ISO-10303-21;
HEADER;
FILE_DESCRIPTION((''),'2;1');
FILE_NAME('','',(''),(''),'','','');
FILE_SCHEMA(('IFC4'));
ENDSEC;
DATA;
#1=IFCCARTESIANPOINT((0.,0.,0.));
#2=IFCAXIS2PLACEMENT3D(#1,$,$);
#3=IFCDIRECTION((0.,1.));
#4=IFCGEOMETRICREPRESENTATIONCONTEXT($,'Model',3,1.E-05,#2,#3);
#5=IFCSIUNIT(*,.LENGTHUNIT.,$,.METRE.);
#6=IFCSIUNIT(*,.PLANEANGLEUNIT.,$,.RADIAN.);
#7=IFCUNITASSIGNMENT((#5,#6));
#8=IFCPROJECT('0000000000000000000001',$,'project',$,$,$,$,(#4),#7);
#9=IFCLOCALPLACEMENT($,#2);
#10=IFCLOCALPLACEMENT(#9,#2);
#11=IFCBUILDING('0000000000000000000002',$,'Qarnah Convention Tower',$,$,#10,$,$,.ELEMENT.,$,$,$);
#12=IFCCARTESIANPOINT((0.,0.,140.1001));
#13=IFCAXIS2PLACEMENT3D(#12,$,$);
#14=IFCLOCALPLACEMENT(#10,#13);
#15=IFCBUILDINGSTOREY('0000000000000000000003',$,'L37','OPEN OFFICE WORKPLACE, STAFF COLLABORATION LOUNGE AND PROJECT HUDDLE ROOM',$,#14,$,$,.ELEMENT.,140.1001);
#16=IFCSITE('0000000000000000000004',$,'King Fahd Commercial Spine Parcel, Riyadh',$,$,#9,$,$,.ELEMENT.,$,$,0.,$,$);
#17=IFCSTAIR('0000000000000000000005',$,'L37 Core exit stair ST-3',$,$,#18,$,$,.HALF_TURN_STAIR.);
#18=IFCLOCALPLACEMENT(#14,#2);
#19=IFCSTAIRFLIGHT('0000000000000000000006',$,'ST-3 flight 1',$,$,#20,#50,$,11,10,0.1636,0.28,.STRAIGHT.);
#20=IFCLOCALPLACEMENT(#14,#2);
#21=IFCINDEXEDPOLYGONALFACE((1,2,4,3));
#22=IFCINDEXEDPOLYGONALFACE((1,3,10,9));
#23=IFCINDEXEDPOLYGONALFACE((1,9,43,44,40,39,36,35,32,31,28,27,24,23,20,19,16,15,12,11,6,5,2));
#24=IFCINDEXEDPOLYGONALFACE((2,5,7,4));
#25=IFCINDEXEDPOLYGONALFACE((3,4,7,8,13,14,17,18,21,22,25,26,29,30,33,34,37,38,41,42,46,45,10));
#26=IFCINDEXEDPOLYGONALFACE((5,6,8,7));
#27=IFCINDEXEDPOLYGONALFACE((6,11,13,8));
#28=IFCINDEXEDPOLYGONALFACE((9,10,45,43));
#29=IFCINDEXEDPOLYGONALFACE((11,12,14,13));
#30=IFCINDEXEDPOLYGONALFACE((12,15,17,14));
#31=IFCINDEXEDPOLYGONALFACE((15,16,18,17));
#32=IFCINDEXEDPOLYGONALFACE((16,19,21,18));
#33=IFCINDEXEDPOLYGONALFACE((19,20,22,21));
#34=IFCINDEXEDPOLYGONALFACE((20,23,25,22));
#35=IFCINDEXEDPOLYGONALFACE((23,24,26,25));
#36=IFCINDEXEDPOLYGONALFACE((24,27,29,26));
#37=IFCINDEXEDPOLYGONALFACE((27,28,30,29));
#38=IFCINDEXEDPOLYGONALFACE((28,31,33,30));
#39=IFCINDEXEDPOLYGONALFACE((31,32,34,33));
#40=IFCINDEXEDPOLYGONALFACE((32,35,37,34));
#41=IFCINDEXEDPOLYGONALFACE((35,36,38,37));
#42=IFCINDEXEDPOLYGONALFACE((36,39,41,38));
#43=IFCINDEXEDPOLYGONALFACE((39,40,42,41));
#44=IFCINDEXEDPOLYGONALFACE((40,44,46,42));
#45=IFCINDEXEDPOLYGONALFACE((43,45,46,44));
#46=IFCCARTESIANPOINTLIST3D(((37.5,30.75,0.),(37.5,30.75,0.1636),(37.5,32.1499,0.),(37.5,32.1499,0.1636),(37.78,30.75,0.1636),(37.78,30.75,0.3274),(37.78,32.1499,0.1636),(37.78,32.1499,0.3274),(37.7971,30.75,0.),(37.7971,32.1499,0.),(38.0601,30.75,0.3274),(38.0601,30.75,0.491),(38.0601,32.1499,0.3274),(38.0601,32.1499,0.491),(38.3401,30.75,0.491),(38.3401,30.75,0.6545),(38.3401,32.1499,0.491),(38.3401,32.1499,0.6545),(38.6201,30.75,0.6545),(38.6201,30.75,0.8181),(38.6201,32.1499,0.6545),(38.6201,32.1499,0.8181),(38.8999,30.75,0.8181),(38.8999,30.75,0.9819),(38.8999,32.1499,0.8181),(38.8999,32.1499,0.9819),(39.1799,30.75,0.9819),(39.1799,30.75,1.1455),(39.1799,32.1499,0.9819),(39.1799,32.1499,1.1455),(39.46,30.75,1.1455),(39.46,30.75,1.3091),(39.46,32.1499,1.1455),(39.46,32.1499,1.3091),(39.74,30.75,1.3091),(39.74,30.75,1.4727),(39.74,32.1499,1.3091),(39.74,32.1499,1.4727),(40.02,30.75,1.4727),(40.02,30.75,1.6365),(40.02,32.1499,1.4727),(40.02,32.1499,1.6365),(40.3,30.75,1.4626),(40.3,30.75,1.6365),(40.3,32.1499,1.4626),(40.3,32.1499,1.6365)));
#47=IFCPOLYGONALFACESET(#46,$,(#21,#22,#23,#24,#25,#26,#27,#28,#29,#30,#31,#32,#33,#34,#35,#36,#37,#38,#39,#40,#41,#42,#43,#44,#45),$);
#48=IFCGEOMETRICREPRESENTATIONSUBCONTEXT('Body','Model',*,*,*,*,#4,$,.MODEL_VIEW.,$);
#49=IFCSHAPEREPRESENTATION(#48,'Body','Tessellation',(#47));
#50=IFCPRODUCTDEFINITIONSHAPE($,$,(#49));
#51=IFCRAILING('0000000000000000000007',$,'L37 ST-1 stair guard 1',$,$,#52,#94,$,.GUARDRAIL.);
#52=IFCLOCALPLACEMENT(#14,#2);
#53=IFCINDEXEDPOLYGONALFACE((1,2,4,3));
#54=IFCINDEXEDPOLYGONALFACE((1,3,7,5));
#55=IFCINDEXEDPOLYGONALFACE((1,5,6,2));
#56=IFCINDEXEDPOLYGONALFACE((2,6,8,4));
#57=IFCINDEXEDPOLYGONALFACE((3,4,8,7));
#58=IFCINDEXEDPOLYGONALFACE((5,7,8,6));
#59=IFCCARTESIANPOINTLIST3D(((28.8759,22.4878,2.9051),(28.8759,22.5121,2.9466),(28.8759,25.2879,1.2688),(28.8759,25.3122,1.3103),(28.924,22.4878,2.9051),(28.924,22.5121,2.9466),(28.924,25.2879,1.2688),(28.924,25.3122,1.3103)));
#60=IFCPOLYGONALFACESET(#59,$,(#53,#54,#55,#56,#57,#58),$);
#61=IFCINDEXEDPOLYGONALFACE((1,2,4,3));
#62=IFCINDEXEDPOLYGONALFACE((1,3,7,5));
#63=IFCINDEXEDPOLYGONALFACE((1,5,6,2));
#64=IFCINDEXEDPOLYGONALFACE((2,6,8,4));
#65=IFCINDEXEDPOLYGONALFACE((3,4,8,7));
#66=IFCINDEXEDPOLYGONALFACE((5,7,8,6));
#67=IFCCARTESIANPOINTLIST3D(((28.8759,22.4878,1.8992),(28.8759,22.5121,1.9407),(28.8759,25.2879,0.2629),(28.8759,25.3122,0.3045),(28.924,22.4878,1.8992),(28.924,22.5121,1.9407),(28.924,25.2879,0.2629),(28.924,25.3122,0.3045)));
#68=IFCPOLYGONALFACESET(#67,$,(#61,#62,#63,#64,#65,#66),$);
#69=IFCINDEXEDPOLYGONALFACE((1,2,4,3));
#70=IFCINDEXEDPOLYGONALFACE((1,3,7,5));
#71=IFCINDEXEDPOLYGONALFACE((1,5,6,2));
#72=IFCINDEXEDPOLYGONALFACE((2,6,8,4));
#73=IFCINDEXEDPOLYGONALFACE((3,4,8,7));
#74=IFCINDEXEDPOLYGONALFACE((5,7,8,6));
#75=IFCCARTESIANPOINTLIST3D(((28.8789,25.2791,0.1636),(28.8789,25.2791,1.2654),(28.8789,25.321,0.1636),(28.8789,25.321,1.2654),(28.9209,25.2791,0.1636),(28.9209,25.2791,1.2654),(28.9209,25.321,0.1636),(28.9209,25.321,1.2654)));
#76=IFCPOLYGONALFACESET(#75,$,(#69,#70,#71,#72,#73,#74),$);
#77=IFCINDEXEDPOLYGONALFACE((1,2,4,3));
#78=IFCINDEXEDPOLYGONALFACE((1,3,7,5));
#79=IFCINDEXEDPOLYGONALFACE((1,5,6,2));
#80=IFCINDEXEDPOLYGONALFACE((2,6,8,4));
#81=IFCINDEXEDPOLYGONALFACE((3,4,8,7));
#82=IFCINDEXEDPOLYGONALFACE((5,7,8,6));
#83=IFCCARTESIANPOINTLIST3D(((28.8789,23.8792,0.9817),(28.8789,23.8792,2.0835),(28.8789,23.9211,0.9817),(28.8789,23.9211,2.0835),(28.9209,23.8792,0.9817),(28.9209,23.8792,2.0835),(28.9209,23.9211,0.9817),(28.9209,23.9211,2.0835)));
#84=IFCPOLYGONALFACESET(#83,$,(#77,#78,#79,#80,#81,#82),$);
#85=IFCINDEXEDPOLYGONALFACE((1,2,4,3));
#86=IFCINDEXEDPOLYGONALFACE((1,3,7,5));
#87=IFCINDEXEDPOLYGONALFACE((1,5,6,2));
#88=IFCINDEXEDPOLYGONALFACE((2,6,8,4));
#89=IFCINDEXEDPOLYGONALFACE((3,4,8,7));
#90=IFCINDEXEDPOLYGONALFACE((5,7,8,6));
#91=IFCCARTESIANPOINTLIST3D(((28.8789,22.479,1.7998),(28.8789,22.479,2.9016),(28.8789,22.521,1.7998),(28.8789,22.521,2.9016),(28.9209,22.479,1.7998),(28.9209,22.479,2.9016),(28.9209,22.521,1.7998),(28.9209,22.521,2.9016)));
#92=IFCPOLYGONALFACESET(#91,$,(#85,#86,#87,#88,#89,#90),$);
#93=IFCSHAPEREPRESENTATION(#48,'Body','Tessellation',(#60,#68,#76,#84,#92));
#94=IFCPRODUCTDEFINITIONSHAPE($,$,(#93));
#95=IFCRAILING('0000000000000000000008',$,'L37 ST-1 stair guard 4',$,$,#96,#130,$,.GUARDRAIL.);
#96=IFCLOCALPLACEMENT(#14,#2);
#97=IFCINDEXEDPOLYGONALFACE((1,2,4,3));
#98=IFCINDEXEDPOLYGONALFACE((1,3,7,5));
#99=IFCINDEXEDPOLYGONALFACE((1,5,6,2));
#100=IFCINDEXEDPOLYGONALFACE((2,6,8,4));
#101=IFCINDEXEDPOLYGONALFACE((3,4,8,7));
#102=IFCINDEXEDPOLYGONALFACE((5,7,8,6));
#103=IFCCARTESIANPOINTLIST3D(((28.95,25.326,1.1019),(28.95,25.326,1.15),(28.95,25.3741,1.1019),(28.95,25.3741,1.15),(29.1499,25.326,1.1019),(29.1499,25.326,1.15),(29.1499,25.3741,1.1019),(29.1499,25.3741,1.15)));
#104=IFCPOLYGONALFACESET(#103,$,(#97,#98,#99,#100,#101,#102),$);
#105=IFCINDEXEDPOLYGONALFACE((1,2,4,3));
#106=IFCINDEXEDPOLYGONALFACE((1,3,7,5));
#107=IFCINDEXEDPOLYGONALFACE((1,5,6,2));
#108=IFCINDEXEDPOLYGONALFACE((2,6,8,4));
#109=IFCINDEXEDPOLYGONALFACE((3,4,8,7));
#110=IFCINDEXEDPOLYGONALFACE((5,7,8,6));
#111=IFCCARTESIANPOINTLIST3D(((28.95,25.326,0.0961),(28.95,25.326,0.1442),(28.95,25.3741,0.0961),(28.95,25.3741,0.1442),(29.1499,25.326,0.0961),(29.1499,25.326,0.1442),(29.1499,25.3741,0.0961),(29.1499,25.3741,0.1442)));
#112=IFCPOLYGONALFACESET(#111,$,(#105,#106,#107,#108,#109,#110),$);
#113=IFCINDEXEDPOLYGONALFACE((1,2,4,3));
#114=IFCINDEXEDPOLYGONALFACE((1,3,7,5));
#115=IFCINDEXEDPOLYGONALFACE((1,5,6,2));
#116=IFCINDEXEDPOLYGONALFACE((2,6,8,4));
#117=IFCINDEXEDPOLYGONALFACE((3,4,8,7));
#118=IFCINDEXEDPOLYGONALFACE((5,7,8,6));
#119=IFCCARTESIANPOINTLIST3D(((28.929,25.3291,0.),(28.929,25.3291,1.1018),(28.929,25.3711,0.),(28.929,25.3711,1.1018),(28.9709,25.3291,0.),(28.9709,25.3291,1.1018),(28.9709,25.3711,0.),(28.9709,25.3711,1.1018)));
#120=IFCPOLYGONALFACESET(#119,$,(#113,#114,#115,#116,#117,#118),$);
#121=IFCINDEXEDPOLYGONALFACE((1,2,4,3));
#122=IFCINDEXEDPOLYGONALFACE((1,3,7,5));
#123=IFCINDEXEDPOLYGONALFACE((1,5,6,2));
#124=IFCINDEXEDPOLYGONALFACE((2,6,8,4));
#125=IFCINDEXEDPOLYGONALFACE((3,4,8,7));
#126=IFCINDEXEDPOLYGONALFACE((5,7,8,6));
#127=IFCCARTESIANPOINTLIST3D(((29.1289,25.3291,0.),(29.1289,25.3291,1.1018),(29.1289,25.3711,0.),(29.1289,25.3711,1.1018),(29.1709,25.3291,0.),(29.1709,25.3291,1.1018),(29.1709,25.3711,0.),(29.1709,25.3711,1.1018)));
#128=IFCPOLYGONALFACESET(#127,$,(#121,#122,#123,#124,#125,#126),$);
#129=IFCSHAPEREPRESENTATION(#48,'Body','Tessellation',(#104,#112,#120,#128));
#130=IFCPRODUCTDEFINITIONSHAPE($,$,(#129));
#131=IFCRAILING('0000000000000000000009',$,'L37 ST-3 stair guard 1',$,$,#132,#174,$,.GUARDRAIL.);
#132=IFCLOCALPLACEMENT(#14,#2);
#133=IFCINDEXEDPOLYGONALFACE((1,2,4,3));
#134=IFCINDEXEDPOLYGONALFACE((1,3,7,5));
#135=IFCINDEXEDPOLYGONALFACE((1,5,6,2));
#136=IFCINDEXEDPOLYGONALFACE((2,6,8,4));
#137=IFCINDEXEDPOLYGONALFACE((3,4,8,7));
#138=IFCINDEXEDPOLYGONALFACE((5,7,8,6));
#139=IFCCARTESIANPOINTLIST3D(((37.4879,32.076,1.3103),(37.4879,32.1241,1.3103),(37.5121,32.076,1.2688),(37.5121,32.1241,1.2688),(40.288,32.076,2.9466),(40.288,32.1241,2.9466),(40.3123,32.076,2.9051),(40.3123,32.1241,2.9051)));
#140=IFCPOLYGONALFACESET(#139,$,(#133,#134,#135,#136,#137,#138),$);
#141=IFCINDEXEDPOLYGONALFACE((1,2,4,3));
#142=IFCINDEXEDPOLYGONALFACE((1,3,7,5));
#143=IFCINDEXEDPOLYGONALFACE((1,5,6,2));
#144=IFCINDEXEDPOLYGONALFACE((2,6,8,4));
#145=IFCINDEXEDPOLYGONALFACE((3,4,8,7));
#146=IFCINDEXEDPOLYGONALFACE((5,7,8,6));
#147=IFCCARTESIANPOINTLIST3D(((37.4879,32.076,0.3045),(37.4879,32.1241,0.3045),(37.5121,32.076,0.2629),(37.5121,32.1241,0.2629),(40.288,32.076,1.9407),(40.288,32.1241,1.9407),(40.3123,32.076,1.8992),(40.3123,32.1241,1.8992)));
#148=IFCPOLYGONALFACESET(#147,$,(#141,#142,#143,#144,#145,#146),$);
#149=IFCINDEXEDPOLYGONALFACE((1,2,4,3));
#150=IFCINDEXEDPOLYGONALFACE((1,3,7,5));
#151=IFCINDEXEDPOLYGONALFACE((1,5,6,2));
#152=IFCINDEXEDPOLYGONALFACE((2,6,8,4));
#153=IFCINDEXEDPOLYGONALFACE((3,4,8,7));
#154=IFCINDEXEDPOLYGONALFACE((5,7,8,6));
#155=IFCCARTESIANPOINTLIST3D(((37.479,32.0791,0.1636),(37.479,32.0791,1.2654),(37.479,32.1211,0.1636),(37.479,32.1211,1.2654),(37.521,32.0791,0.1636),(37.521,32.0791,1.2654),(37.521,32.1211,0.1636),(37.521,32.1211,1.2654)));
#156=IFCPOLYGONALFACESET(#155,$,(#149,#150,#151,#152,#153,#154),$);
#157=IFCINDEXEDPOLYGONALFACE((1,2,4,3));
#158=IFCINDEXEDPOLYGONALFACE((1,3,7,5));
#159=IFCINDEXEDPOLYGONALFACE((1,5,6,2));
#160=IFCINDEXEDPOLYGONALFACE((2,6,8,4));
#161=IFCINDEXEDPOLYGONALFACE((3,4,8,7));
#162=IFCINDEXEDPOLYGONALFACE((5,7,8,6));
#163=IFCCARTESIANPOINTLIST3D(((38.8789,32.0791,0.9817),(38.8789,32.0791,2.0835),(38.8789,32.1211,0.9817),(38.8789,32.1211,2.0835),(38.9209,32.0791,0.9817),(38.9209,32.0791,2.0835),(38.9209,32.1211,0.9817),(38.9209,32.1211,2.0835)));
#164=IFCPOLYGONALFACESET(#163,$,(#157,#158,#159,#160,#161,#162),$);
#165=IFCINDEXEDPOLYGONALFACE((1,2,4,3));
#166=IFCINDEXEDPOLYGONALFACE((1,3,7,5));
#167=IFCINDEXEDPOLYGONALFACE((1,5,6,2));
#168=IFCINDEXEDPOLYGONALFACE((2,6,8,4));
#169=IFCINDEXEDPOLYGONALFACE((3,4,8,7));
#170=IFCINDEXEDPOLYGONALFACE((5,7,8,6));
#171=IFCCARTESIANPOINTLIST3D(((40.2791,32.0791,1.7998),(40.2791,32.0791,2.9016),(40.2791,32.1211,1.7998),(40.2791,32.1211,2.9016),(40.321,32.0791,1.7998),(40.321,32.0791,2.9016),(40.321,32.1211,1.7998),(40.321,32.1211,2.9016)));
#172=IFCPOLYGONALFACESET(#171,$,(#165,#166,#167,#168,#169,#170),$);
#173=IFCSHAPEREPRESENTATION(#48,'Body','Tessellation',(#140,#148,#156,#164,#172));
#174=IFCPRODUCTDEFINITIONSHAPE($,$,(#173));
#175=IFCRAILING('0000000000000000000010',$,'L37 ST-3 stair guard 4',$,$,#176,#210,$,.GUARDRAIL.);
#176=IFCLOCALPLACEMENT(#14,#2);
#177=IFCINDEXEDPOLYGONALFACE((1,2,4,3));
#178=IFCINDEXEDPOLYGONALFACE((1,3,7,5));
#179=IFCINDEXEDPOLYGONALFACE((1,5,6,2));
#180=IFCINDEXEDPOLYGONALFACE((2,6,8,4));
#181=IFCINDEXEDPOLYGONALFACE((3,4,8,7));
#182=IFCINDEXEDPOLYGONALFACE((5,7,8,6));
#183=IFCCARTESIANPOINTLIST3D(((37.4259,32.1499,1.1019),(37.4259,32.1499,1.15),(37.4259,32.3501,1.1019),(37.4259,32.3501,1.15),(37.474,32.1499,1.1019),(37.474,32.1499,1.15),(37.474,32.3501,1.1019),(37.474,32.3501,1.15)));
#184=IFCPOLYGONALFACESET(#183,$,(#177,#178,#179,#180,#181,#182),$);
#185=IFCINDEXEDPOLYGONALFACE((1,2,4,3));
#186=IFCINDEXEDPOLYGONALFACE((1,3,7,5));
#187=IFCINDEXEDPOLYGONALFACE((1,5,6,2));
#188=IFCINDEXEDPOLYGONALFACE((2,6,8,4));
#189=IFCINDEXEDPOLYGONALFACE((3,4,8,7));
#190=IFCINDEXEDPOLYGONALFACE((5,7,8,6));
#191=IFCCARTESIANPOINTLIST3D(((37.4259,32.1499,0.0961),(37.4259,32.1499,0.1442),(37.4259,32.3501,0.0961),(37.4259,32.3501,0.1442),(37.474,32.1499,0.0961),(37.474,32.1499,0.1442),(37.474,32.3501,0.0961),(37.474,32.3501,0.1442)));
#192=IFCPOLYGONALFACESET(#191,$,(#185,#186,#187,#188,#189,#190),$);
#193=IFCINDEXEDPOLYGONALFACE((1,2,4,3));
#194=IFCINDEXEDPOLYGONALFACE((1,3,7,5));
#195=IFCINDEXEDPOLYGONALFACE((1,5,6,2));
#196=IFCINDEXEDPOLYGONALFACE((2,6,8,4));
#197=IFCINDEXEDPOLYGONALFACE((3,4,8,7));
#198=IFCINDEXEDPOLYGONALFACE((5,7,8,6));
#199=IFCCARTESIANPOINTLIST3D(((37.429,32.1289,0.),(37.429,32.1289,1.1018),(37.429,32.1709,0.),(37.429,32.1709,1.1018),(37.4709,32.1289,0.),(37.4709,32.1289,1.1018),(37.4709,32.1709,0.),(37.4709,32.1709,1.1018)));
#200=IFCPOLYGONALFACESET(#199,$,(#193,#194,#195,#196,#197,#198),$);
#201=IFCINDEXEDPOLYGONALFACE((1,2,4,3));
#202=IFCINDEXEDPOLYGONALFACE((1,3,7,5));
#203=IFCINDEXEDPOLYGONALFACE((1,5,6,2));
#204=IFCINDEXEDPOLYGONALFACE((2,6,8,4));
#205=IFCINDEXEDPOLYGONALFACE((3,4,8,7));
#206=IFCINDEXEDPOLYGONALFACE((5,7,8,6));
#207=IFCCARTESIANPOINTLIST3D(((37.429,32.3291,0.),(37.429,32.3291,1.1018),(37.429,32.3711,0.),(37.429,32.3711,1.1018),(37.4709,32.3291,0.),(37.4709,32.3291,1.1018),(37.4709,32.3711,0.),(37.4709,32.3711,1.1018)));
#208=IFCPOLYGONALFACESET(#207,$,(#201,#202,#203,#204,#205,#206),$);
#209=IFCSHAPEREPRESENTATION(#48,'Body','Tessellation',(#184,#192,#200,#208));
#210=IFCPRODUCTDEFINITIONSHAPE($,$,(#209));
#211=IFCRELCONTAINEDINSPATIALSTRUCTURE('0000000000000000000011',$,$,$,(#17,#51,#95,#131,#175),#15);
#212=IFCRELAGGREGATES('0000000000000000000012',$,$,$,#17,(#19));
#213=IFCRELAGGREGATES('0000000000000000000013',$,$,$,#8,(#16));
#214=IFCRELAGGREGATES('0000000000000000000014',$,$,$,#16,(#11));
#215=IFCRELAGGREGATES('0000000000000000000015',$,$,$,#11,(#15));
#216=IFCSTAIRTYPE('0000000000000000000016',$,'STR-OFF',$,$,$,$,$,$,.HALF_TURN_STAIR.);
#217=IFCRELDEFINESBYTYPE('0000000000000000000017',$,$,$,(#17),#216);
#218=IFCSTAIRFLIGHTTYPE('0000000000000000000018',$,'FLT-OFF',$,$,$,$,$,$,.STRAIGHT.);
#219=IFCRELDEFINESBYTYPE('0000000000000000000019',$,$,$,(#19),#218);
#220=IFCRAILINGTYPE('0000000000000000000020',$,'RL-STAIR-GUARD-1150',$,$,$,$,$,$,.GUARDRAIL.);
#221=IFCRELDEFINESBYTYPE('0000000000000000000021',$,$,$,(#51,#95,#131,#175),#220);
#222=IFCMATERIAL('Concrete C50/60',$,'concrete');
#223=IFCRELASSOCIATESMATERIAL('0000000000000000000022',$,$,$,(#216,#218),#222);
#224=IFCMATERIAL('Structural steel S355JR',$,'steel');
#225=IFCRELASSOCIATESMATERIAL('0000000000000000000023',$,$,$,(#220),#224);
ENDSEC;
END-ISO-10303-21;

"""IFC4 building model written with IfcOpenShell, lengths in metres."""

from ifc_helpers import new_model, si_unit, direction, frame, origin, origin_2d, place, context, subcontext, project, spatial, polyline, rectangle, outline, extrude, material, type_object, element, aggregate, save


model = new_model("IFC4")

# Units and contexts
model_context = context("Model", 3, precision=1e-05, world=origin(), true_north=direction((0.0, 1.0)))
body_context = subcontext(model_context, "Body", "Model", "MODEL_VIEW")
ifc_project = project(units=[si_unit("LENGTHUNIT", "METRE"), si_unit("PLANEANGLEUNIT", "RADIAN")], contexts=[model_context])

# Site, building, storey
site_placement = place(None, origin())
site = spatial("IfcSite", under=ifc_project, at=site_placement, Name="King Fahd Commercial Spine Parcel, Riyadh", CompositionType="ELEMENT", RefElevation=0.0)
building_placement = place(site_placement, origin())
building = spatial("IfcBuilding", under=site, at=building_placement, Name="Qarnah Convention Tower", CompositionType="ELEMENT")
storey_placement = place(building_placement, frame((0.0, 0.0, 140.1001)))
storey = spatial("IfcBuildingStorey", under=building, at=storey_placement, Name="L37", Description="OPEN OFFICE WORKPLACE, STAFF COLLABORATION LOUNGE AND PROJECT HUDDLE ROOM", CompositionType="ELEMENT", Elevation=140.1001)

# Shared definitions
ifc_material_1 = material(Name="Structural steel S355JR", Category="steel")

# Stair, stair flight
ifc_material_2 = material(Name="Concrete C50/60", Category="concrete")
stair_type = type_object("IfcStairType", Name="STR-OFF", PredefinedType="HALF_TURN_STAIR", material=ifc_material_2)
stair_placement = place(storey_placement, origin())
stair = element("IfcStair", 1, at=stair_placement, inside=storey, type_object=stair_type, Name="L37 Core exit stair ST-3", PredefinedType="HALF_TURN_STAIR")
stair_flight_type = type_object("IfcStairFlightType", Name="FLT-OFF", PredefinedType="STRAIGHT", material=ifc_material_2)
stair_flight_placement = place(storey_placement, frame((37.5, 31.45, 0.0), z_axis=(0.0, 0.0, 1.0), x_axis=(1.0, 0.0, 0.0)))
stair_flight = element("IfcStairFlight", 2, at=stair_flight_placement, type_object=stair_flight_type, Name="ST-3 flight 1", NumberOfRisers=11, NumberOfTreads=10, PredefinedType="STRAIGHT", RiserHeight=0.1636, TreadLength=0.28, context=body_context, shape_type="SweptSolid", body=[
    extrude(outline(polyline([(0.0, 0.0), (0.0, 0.1636), (0.28, 0.1636), (0.28, 0.3274), (0.5601, 0.3274), (0.5601, 0.491), (0.8401, 0.491), (0.8401, 0.6545), (1.1201, 0.6545), (1.1201, 0.8181), (1.3999, 0.8181), (1.3999, 0.9819), (1.6799, 0.9819), (1.6799, 1.1455), (1.96, 1.1455), (1.96, 1.3091), (2.24, 1.3091), (2.24, 1.4727), (2.52, 1.4727), (2.52, 1.6365), (2.8, 1.6365), (2.8, 1.8), (2.8, 1.4626), (0.2971, 0.0), (0.0, 0.0)])), frame((0.0, 0.7, 0.0), z_axis=(0.0, -1.0, 0.0), x_axis=(1.0, 0.0, 0.0)), (0.0, 0.0, 1.0), 1.3999),
])
aggregate(stair, [stair_flight])

# Railings
railing_type_1 = type_object("IfcRailingType", Name="RL-STAIR-GUARD-1150", PredefinedType="GUARDRAIL", material=ifc_material_1)
railing_1_placement = place(storey_placement, frame((28.8999, 25.3, 0.1636)))
element("IfcRailing", 3, at=railing_1_placement, inside=storey, type_object=railing_type_1, Name="L37 ST-1 stair guard 1", PredefinedType="GUARDRAIL", context=body_context, shape_type="SweptSolid", body=[
    extrude(rectangle(XDim=0.0481, YDim=0.0481, at=origin_2d()), frame((0.0, 0.0, 1.126), z_axis=(0.0, -0.863394, 0.504531), x_axis=(1.0, 0.0, 0.0)), (0.0, 0.0, 1.0), 3.2432),
    extrude(rectangle(XDim=0.0481, YDim=0.0481, at=origin_2d()), frame((0.0, 0.0, 0.1201), z_axis=(0.0, -0.863394, 0.504531), x_axis=(1.0, 0.0, 0.0)), (0.0, 0.0, 1.0), 3.2432),
    extrude(rectangle(XDim=0.042, YDim=0.042, at=origin_2d()), origin(), (0.0, 0.0, 1.0), 1.1018),
    extrude(rectangle(XDim=0.042, YDim=0.042, at=origin_2d()), frame((0.0, -1.3999, 0.8181)), (0.0, 0.0, 1.0), 1.1018),
    extrude(rectangle(XDim=0.042, YDim=0.042, at=origin_2d()), frame((0.0, -2.8, 1.6362)), (0.0, 0.0, 1.0), 1.1018),
])
railing_2_placement = place(storey_placement, frame((28.95, 25.3501, 0.0)))
element("IfcRailing", 4, at=railing_2_placement, inside=storey, type_object=railing_type_1, Name="L37 ST-1 stair guard 4", PredefinedType="GUARDRAIL", context=body_context, shape_type="SweptSolid", body=[
    extrude(rectangle(XDim=0.0481, YDim=0.0481, at=origin_2d()), frame((0.0, 0.0, 1.126), z_axis=(1.0, 0.0, 0.0), x_axis=(0.0, 1.0, 0.0)), (0.0, 0.0, 1.0), 0.2),
    extrude(rectangle(XDim=0.0481, YDim=0.0481, at=origin_2d()), frame((0.0, 0.0, 0.1201), z_axis=(1.0, 0.0, 0.0), x_axis=(0.0, 1.0, 0.0)), (0.0, 0.0, 1.0), 0.2),
    extrude(rectangle(XDim=0.042, YDim=0.042, at=origin_2d()), origin(), (0.0, 0.0, 1.0), 1.1018),
    extrude(rectangle(XDim=0.042, YDim=0.042, at=origin_2d()), frame((0.2, 0.0, 0.0)), (0.0, 0.0, 1.0), 1.1018),
])
railing_3_placement = place(storey_placement, frame((37.5, 32.1001, 0.1636)))
element("IfcRailing", 5, at=railing_3_placement, inside=storey, type_object=railing_type_1, Name="L37 ST-3 stair guard 1", PredefinedType="GUARDRAIL", context=body_context, shape_type="SweptSolid", body=[
    extrude(rectangle(XDim=0.0481, YDim=0.0481, at=origin_2d()), frame((0.0, 0.0, 1.126), z_axis=(0.863394, 0.0, 0.504531), x_axis=(0.0, 1.0, 0.0)), (0.0, 0.0, 1.0), 3.2432),
    extrude(rectangle(XDim=0.0481, YDim=0.0481, at=origin_2d()), frame((0.0, 0.0, 0.1201), z_axis=(0.863394, 0.0, 0.504531), x_axis=(0.0, 1.0, 0.0)), (0.0, 0.0, 1.0), 3.2432),
    extrude(rectangle(XDim=0.042, YDim=0.042, at=origin_2d()), origin(), (0.0, 0.0, 1.0), 1.1018),
    extrude(rectangle(XDim=0.042, YDim=0.042, at=origin_2d()), frame((1.3999, 0.0, 0.8181)), (0.0, 0.0, 1.0), 1.1018),
    extrude(rectangle(XDim=0.042, YDim=0.042, at=origin_2d()), frame((2.8, 0.0, 1.6362)), (0.0, 0.0, 1.0), 1.1018),
])
railing_4_placement = place(storey_placement, frame((37.45, 32.1499, 0.0)))
element("IfcRailing", 6, at=railing_4_placement, inside=storey, type_object=railing_type_1, Name="L37 ST-3 stair guard 4", PredefinedType="GUARDRAIL", context=body_context, shape_type="SweptSolid", body=[
    extrude(rectangle(XDim=0.0481, YDim=0.0481, at=origin_2d()), frame((0.0, 0.0, 1.126), z_axis=(0.0, 1.0, 0.0), x_axis=(-1.0, 0.0, 0.0)), (0.0, 0.0, 1.0), 0.2002),
    extrude(rectangle(XDim=0.0481, YDim=0.0481, at=origin_2d()), frame((0.0, 0.0, 0.1201), z_axis=(0.0, 1.0, 0.0), x_axis=(-1.0, 0.0, 0.0)), (0.0, 0.0, 1.0), 0.2002),
    extrude(rectangle(XDim=0.042, YDim=0.042, at=origin_2d()), origin(), (0.0, 0.0, 1.0), 1.1018),
    extrude(rectangle(XDim=0.042, YDim=0.042, at=origin_2d()), frame((0.0, 0.2002, 0.0)), (0.0, 0.0, 1.0), 1.1018),
])

save(model, "model.ifc")
